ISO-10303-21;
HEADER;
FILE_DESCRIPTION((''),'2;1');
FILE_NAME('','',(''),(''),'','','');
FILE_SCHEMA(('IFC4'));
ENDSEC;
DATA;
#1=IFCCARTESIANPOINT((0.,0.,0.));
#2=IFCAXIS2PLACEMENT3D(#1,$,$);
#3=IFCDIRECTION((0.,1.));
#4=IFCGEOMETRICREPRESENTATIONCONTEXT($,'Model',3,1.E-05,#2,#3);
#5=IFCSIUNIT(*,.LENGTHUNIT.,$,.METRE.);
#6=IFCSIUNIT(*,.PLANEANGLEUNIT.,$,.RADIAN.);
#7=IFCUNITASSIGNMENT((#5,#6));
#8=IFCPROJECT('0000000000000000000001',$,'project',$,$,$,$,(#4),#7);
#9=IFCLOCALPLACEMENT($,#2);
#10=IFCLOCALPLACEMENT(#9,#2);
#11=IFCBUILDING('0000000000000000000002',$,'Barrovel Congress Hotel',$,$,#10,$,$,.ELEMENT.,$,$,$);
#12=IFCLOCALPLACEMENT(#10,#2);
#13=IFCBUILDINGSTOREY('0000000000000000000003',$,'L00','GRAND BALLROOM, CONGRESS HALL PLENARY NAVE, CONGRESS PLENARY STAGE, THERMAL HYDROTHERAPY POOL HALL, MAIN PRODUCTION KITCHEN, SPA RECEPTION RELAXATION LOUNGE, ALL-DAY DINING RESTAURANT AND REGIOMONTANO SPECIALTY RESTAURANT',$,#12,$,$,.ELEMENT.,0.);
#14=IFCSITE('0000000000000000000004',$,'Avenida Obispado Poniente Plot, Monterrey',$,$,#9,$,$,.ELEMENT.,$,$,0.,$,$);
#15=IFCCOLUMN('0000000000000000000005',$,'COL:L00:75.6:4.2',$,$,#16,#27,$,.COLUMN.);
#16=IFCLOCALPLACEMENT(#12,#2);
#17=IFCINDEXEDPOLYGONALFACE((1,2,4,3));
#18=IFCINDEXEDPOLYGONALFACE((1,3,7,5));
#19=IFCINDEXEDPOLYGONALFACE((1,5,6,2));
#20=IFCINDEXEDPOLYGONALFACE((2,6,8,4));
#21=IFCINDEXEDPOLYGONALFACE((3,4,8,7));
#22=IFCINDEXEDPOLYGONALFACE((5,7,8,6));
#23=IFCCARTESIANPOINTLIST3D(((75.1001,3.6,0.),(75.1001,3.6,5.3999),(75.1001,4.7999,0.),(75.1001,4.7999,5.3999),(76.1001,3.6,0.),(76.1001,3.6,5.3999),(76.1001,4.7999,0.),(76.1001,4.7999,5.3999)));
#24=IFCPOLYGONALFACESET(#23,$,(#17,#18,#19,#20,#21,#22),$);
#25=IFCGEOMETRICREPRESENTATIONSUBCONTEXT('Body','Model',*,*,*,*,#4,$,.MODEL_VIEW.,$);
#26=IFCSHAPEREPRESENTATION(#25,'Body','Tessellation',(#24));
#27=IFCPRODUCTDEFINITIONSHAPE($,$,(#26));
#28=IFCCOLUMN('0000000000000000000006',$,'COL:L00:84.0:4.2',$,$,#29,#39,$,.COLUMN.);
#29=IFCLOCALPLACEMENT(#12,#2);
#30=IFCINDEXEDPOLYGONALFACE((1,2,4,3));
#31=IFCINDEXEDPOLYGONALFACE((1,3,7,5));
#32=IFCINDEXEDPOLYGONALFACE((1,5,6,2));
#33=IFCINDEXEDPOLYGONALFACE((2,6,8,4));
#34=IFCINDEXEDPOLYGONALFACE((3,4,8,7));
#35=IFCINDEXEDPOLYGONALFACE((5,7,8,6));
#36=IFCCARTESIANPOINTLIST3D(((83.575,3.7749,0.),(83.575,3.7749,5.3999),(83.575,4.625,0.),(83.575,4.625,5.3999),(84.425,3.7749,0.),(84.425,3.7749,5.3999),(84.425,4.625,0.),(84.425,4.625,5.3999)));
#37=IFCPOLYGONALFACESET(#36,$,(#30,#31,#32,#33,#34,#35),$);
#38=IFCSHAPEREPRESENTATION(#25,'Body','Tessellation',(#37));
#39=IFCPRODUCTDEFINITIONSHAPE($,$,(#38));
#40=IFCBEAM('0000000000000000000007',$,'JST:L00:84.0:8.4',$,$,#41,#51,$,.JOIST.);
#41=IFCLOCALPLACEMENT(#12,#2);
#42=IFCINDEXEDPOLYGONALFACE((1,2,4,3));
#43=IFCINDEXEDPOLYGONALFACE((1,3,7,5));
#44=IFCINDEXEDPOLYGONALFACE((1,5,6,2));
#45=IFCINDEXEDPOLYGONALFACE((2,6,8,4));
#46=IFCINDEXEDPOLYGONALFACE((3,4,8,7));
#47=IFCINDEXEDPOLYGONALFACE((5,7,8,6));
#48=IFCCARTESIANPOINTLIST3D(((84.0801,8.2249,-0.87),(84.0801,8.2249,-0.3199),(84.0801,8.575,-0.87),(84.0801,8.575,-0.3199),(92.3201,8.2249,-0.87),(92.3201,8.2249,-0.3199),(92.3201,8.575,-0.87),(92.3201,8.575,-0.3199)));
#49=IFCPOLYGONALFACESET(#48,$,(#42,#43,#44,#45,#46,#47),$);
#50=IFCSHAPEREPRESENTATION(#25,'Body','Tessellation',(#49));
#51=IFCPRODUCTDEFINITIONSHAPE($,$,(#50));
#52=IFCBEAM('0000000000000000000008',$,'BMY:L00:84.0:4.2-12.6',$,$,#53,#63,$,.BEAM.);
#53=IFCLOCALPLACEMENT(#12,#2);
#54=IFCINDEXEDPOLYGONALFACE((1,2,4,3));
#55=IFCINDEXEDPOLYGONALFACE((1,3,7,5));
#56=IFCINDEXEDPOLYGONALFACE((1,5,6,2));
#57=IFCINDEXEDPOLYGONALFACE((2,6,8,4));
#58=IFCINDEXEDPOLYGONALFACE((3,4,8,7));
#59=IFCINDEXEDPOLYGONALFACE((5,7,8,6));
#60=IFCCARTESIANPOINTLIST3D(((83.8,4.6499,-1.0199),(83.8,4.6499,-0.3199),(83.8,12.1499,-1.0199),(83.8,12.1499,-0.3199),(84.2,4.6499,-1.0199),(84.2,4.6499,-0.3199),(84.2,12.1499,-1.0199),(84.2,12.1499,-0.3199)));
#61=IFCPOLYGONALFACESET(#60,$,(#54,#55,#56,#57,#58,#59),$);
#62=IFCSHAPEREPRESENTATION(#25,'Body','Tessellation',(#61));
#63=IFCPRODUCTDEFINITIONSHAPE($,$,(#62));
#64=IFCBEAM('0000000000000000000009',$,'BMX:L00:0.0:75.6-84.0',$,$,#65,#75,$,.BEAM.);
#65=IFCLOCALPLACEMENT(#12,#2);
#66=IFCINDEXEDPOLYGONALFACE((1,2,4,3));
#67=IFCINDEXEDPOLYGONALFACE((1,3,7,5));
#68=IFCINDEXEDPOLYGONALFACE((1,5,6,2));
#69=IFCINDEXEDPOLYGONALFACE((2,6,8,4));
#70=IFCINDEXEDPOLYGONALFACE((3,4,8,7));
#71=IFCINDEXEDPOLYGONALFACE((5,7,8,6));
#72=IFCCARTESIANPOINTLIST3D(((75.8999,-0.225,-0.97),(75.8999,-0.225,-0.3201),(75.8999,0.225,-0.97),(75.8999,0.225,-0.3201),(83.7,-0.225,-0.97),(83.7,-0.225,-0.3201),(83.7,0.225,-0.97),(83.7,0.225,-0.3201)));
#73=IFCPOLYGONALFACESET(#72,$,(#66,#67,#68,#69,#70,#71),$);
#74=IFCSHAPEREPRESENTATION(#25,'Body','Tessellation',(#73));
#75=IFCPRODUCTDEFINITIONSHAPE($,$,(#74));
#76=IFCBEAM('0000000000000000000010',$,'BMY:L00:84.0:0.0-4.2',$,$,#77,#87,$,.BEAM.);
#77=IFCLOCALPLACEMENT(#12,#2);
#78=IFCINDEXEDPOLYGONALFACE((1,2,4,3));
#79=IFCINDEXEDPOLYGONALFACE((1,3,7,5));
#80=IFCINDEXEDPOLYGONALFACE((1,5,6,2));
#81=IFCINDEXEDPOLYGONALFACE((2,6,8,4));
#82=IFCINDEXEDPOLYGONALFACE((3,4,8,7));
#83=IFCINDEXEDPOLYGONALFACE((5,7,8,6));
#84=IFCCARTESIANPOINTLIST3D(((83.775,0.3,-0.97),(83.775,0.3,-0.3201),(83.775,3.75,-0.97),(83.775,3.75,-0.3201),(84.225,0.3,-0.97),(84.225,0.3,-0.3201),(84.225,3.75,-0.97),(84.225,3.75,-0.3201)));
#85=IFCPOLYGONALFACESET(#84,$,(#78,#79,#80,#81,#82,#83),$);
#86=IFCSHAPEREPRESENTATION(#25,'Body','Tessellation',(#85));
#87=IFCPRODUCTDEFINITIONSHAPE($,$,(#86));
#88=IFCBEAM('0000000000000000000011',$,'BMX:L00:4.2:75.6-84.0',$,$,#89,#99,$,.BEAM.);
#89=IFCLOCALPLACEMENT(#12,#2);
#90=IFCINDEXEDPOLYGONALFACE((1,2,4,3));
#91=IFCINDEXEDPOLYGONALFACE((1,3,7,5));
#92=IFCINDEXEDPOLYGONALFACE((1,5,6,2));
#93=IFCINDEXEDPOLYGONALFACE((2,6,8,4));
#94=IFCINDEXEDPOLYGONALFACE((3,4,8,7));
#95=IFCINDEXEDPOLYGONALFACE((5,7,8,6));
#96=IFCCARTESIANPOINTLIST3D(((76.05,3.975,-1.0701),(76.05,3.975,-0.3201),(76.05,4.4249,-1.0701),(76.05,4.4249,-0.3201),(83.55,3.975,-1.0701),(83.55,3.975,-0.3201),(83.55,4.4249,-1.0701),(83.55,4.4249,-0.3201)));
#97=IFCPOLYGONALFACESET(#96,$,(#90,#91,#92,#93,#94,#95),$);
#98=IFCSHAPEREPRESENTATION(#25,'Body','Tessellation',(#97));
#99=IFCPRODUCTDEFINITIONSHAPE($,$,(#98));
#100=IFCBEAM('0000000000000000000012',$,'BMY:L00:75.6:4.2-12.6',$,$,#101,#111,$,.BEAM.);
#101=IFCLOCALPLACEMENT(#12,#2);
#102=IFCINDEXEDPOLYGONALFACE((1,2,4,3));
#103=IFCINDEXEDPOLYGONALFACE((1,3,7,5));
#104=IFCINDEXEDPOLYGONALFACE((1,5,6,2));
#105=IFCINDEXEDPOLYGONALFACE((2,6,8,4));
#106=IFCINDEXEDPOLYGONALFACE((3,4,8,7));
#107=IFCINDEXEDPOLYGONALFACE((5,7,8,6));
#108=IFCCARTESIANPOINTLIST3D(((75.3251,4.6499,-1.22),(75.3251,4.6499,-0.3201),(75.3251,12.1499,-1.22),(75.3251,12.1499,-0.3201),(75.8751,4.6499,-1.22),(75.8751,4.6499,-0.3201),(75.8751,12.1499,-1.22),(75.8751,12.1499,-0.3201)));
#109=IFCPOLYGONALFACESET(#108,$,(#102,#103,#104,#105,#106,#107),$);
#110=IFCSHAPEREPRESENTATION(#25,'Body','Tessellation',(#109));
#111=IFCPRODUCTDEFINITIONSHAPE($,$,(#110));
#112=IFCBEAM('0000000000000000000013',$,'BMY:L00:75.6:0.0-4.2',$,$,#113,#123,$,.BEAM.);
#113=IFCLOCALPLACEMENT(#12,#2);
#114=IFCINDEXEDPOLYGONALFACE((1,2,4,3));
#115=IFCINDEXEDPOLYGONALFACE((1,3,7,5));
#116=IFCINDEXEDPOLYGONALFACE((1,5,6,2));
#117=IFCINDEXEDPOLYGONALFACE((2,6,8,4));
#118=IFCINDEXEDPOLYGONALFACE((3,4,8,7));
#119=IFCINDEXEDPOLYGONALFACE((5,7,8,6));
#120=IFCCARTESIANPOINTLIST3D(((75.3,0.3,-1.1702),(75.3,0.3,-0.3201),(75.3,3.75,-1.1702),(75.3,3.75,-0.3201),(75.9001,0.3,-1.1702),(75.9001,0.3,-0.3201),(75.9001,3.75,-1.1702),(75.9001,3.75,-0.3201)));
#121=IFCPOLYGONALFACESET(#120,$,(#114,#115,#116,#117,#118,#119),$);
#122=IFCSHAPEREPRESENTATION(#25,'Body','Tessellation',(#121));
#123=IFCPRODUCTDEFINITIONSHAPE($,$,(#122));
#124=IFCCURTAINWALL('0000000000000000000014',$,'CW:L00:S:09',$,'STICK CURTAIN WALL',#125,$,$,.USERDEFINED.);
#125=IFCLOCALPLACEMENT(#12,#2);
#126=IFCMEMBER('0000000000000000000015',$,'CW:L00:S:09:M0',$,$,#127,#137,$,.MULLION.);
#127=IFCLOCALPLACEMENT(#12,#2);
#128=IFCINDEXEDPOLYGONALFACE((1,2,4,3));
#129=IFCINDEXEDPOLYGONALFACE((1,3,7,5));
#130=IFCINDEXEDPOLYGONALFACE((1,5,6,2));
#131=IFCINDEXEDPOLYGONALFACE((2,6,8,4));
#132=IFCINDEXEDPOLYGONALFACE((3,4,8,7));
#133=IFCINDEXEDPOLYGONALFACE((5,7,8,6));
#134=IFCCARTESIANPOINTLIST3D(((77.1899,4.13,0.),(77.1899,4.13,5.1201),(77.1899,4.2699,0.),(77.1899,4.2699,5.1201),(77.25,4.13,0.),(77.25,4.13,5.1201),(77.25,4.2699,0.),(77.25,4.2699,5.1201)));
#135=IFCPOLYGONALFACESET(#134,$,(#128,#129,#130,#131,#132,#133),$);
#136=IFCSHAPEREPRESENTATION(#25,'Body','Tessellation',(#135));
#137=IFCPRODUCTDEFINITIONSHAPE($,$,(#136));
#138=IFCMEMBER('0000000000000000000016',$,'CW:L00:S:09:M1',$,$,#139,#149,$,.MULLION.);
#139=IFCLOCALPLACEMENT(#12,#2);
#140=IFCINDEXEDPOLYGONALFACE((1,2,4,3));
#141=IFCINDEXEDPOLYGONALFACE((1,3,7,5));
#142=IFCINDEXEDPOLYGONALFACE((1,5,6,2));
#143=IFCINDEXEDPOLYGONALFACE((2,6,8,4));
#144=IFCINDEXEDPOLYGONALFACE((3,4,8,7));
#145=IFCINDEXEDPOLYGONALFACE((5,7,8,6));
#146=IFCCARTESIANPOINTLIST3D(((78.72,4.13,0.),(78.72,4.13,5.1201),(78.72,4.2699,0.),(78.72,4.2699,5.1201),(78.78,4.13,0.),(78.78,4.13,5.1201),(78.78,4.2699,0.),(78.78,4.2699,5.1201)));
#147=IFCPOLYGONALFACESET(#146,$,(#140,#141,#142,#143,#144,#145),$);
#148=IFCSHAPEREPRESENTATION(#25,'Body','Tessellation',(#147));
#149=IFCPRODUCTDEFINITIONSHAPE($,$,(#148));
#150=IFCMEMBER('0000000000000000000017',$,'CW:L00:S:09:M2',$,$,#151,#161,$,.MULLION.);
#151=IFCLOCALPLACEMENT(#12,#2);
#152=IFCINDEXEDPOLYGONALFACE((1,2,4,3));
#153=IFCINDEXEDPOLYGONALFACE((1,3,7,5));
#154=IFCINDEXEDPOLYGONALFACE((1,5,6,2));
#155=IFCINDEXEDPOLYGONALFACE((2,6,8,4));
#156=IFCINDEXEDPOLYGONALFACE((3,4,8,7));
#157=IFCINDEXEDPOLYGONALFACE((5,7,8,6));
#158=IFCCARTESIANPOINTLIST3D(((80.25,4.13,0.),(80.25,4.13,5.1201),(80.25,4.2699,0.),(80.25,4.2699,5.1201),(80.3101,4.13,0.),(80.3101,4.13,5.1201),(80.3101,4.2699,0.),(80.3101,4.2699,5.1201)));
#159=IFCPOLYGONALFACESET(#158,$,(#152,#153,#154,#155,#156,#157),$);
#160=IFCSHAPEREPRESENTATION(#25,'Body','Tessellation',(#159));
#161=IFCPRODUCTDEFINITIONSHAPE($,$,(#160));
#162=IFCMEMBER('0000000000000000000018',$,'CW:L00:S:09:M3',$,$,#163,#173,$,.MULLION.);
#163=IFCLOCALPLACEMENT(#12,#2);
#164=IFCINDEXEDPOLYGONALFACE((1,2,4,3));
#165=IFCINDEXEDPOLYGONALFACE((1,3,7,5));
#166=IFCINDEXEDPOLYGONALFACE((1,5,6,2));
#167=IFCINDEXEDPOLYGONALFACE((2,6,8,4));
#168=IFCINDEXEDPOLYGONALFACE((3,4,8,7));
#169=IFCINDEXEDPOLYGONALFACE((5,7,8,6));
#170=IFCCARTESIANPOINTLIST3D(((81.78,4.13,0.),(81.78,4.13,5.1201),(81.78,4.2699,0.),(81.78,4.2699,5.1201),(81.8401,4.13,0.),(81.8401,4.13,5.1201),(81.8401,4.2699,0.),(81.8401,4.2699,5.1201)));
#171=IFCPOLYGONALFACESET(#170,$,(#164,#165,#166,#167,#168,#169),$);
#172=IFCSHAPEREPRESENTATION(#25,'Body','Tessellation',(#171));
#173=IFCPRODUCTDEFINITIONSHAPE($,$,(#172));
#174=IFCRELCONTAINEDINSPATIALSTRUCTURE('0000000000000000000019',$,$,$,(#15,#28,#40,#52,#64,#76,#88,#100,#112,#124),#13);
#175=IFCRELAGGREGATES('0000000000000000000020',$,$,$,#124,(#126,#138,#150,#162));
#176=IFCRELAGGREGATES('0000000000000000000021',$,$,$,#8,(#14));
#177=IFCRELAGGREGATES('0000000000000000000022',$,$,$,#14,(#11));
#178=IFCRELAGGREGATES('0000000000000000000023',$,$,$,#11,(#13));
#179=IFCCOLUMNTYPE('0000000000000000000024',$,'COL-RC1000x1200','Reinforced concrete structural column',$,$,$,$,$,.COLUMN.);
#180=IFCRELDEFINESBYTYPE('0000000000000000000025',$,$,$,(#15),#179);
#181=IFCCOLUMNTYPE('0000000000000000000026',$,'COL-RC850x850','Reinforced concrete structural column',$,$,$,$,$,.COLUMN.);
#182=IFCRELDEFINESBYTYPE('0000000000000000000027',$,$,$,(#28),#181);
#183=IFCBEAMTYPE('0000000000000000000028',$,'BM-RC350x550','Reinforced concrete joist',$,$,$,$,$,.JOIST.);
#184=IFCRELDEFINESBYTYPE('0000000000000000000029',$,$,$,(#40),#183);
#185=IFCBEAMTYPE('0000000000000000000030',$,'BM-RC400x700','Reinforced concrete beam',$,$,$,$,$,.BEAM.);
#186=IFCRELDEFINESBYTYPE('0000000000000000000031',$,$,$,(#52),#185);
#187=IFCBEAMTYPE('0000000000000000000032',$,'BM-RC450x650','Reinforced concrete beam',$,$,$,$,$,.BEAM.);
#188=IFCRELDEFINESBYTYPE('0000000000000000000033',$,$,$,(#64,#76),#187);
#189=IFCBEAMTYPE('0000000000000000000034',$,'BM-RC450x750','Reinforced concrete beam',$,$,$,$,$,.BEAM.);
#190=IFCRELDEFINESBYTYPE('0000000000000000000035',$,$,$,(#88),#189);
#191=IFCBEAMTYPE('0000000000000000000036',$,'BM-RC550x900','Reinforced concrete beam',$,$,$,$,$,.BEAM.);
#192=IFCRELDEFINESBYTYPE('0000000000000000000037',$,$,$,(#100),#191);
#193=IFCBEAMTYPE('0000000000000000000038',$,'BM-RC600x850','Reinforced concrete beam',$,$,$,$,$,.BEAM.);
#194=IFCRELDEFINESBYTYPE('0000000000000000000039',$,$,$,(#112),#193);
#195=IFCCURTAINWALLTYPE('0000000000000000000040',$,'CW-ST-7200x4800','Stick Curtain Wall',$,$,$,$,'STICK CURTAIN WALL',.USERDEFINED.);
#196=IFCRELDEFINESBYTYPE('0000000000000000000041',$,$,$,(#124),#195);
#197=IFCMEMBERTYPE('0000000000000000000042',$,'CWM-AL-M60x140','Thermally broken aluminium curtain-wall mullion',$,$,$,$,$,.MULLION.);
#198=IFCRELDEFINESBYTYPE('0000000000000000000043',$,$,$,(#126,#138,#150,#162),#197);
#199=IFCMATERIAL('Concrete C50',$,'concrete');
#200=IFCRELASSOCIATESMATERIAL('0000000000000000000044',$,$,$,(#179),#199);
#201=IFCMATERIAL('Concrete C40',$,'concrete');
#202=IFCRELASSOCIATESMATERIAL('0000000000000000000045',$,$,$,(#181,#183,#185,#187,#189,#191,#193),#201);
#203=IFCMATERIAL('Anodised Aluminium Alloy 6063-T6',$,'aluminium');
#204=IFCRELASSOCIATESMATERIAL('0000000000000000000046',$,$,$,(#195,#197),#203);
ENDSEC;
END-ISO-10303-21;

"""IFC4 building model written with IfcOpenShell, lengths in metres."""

from ifc_helpers import new_model, si_unit, direction, frame, origin, origin_2d, place, context, subcontext, project, spatial, rectangle, extrude, material, material_profile, profile_set, type_object, element, aggregate, save


model = new_model("IFC4")

# Units and contexts
model_context = context("Model", 3, precision=1e-05, world=origin(), true_north=direction((0.0, 1.0)))
body_context = subcontext(model_context, "Body", "Model", "MODEL_VIEW")
ifc_project = project(units=[si_unit("LENGTHUNIT", "METRE"), si_unit("PLANEANGLEUNIT", "RADIAN")], contexts=[model_context])

# Site, building, storey
site_placement = place(None, origin())
site = spatial("IfcSite", under=ifc_project, at=site_placement, Name="Avenida Obispado Poniente Plot, Monterrey", CompositionType="ELEMENT", RefElevation=0.0)
building_placement = place(site_placement, origin())
building = spatial("IfcBuilding", under=site, at=building_placement, Name="Barrovel Congress Hotel", CompositionType="ELEMENT")
storey_placement = place(building_placement, origin())
storey = spatial("IfcBuildingStorey", under=building, at=storey_placement, Name="L00", Description="GRAND BALLROOM, CONGRESS HALL PLENARY NAVE, CONGRESS PLENARY STAGE, THERMAL HYDROTHERAPY POOL HALL, MAIN PRODUCTION KITCHEN, SPA RECEPTION RELAXATION LOUNGE, ALL-DAY DINING RESTAURANT AND REGIOMONTANO SPECIALTY RESTAURANT", CompositionType="ELEMENT", Elevation=0.0)

# Shared definitions
ifc_material_1 = material(Name="Concrete C40", Category="concrete")

# Columns
ifc_material_2 = material(Name="Concrete C50", Category="concrete")
ifc_material_profile_1 = material_profile(ifc_material_2, rectangle(XDim=1.0, YDim=1.2, at=origin_2d()), Name="RC1000x1200")
ifc_profile_set_1 = profile_set([ifc_material_profile_1], Name="Concrete C50")
column_type_1 = type_object("IfcColumnType", Name="COL-RC1000x1200", Description="Reinforced concrete structural column", PredefinedType="COLUMN", material=ifc_profile_set_1)
column_1_placement = place(storey_placement, frame((75.6001, 4.2, 0.0), z_axis=(0.0, 0.0, 1.0), x_axis=(1.0, 0.0, 0.0)))
element("IfcColumn", 1, at=column_1_placement, inside=storey, type_object=column_type_1, Name="COL:L00:75.6:4.2", PredefinedType="COLUMN", context=body_context, shape_type="SweptSolid", body=[
    extrude(rectangle(XDim=1.0, YDim=1.2, at=origin_2d()), origin(), (0.0, 0.0, 1.0), 5.3999),
])
ifc_material_profile_2 = material_profile(ifc_material_1, rectangle(XDim=0.8501, YDim=0.8501, at=origin_2d()), Name="RC850x850")
ifc_profile_set_2 = profile_set([ifc_material_profile_2], Name="Concrete C40")
column_type_2 = type_object("IfcColumnType", Name="COL-RC850x850", Description="Reinforced concrete structural column", PredefinedType="COLUMN", material=ifc_profile_set_2)
column_2_placement = place(storey_placement, frame((84.0, 4.2, 0.0), z_axis=(0.0, 0.0, 1.0), x_axis=(1.0, 0.0, 0.0)))
element("IfcColumn", 2, at=column_2_placement, inside=storey, type_object=column_type_2, Name="COL:L00:84.0:4.2", PredefinedType="COLUMN", context=body_context, shape_type="SweptSolid", body=[
    extrude(rectangle(XDim=0.8501, YDim=0.8501, at=origin_2d()), origin(), (0.0, 0.0, 1.0), 5.3999),
])

# Beams
ifc_material_profile_3 = material_profile(ifc_material_1, rectangle(XDim=0.3501, YDim=0.55, at=origin_2d()), Name="RC350x550")
ifc_profile_set_3 = profile_set([ifc_material_profile_3], Name="Concrete C40")
beam_type_1 = type_object("IfcBeamType", Name="BM-RC350x550", Description="Reinforced concrete joist", PredefinedType="JOIST", material=ifc_profile_set_3)
beam_1_placement = place(storey_placement, frame((84.0801, 8.3999, -0.595), z_axis=(1.0, 0.0, 0.0), x_axis=(0.0, 1.0, 0.0)))
element("IfcBeam", 3, at=beam_1_placement, inside=storey, type_object=beam_type_1, Name="JST:L00:84.0:8.4", PredefinedType="JOIST", context=body_context, shape_type="SweptSolid", body=[
    extrude(rectangle(XDim=0.3501, YDim=0.55, at=origin_2d()), origin(), (0.0, 0.0, 1.0), 8.24),
])
ifc_material_profile_4 = material_profile(ifc_material_1, rectangle(XDim=0.3999, YDim=0.7, at=origin_2d()), Name="RC400x700")
ifc_profile_set_4 = profile_set([ifc_material_profile_4], Name="Concrete C40")
beam_type_2 = type_object("IfcBeamType", Name="BM-RC400x700", Description="Reinforced concrete beam", PredefinedType="BEAM", material=ifc_profile_set_4)
beam_2_placement = place(storey_placement, frame((84.0, 4.6499, -0.6699), z_axis=(0.0, 1.0, 0.0), x_axis=(-1.0, 0.0, 0.0)))
element("IfcBeam", 4, at=beam_2_placement, inside=storey, type_object=beam_type_2, Name="BMY:L00:84.0:4.2-12.6", PredefinedType="BEAM", context=body_context, shape_type="SweptSolid", body=[
    extrude(rectangle(XDim=0.3999, YDim=0.7, at=origin_2d()), origin(), (0.0, 0.0, 1.0), 7.5),
])
ifc_material_profile_5 = material_profile(ifc_material_1, rectangle(XDim=0.45, YDim=0.6499, at=origin_2d()), Name="RC450x650")
ifc_profile_set_5 = profile_set([ifc_material_profile_5], Name="Concrete C40")
beam_type_3 = type_object("IfcBeamType", Name="BM-RC450x650", Description="Reinforced concrete beam", PredefinedType="BEAM", material=ifc_profile_set_5)
beam_3_placement = place(storey_placement, frame((75.8999, 0.0, -0.645), z_axis=(1.0, 0.0, 0.0), x_axis=(0.0, 1.0, 0.0)))
element("IfcBeam", 5, at=beam_3_placement, inside=storey, type_object=beam_type_3, Name="BMX:L00:0.0:75.6-84.0", PredefinedType="BEAM", context=body_context, shape_type="SweptSolid", body=[
    extrude(rectangle(XDim=0.45, YDim=0.6499, at=origin_2d()), origin(), (0.0, 0.0, 1.0), 7.8),
])
beam_4_placement = place(storey_placement, frame((84.0, 0.3, -0.645), z_axis=(0.0, 1.0, 0.0), x_axis=(-1.0, 0.0, 0.0)))
element("IfcBeam", 6, at=beam_4_placement, inside=storey, type_object=beam_type_3, Name="BMY:L00:84.0:0.0-4.2", PredefinedType="BEAM", context=body_context, shape_type="SweptSolid", body=[
    extrude(rectangle(XDim=0.45, YDim=0.6499, at=origin_2d()), origin(), (0.0, 0.0, 1.0), 3.45),
])
ifc_material_profile_6 = material_profile(ifc_material_1, rectangle(XDim=0.45, YDim=0.75, at=origin_2d()), Name="RC450x750")
ifc_profile_set_6 = profile_set([ifc_material_profile_6], Name="Concrete C40")
beam_type_4 = type_object("IfcBeamType", Name="BM-RC450x750", Description="Reinforced concrete beam", PredefinedType="BEAM", material=ifc_profile_set_6)
beam_5_placement = place(storey_placement, frame((76.05, 4.2, -0.6951), z_axis=(1.0, 0.0, 0.0), x_axis=(0.0, 1.0, 0.0)))
element("IfcBeam", 7, at=beam_5_placement, inside=storey, type_object=beam_type_4, Name="BMX:L00:4.2:75.6-84.0", PredefinedType="BEAM", context=body_context, shape_type="SweptSolid", body=[
    extrude(rectangle(XDim=0.45, YDim=0.75, at=origin_2d()), origin(), (0.0, 0.0, 1.0), 7.5),
])
ifc_material_profile_7 = material_profile(ifc_material_1, rectangle(XDim=0.55, YDim=0.8999, at=origin_2d()), Name="RC550x900")
ifc_profile_set_7 = profile_set([ifc_material_profile_7], Name="Concrete C40")
beam_type_5 = type_object("IfcBeamType", Name="BM-RC550x900", Description="Reinforced concrete beam", PredefinedType="BEAM", material=ifc_profile_set_7)
beam_6_placement = place(storey_placement, frame((75.6001, 4.6499, -0.77), z_axis=(0.0, 1.0, 0.0), x_axis=(-1.0, 0.0, 0.0)))
element("IfcBeam", 8, at=beam_6_placement, inside=storey, type_object=beam_type_5, Name="BMY:L00:75.6:4.2-12.6", PredefinedType="BEAM", context=body_context, shape_type="SweptSolid", body=[
    extrude(rectangle(XDim=0.55, YDim=0.8999, at=origin_2d()), origin(), (0.0, 0.0, 1.0), 7.5),
])
ifc_material_profile_8 = material_profile(ifc_material_1, rectangle(XDim=0.6001, YDim=0.8501, at=origin_2d()), Name="RC600x850")
ifc_profile_set_8 = profile_set([ifc_material_profile_8], Name="Concrete C40")
beam_type_6 = type_object("IfcBeamType", Name="BM-RC600x850", Description="Reinforced concrete beam", PredefinedType="BEAM", material=ifc_profile_set_8)
beam_7_placement = place(storey_placement, frame((75.6001, 0.3, -0.7451), z_axis=(0.0, 1.0, 0.0), x_axis=(-1.0, 0.0, 0.0)))
element("IfcBeam", 9, at=beam_7_placement, inside=storey, type_object=beam_type_6, Name="BMY:L00:75.6:0.0-4.2", PredefinedType="BEAM", context=body_context, shape_type="SweptSolid", body=[
    extrude(rectangle(XDim=0.6001, YDim=0.8501, at=origin_2d()), origin(), (0.0, 0.0, 1.0), 3.45),
])

# Curtain wall, members
ifc_material_3 = material(Name="Anodised Aluminium Alloy 6063-T6", Category="aluminium")
curtain_wall_type = type_object("IfcCurtainWallType", Name="CW-ST-7200x4800", Description="Stick Curtain Wall", ElementType="STICK CURTAIN WALL", PredefinedType="USERDEFINED", material=ifc_material_3)
curtain_wall_placement = place(storey_placement, origin())
curtain_wall = element("IfcCurtainWall", 10, at=curtain_wall_placement, inside=storey, type_object=curtain_wall_type, Name="CW:L00:S:09", ObjectType="STICK CURTAIN WALL", PredefinedType="USERDEFINED")
ifc_material_profile_9 = material_profile(ifc_material_3, rectangle(XDim=0.0601, YDim=0.1399, at=origin_2d()), Name="AL-M60x140")
ifc_profile_set_9 = profile_set([ifc_material_profile_9], Name="Anodised Aluminium Alloy 6063-T6")
member_type_1 = type_object("IfcMemberType", Name="CWM-AL-M60x140", Description="Thermally broken aluminium curtain-wall mullion", PredefinedType="MULLION", material=ifc_profile_set_9)
member_1_placement = place(storey_placement, frame((77.22, 4.2, 0.0), z_axis=(0.0, 0.0, 1.0), x_axis=(1.0, 0.0, 0.0)))
member_1 = element("IfcMember", 11, at=member_1_placement, type_object=member_type_1, Name="CW:L00:S:09:M0", PredefinedType="MULLION", context=body_context, shape_type="SweptSolid", body=[
    extrude(rectangle(XDim=0.0601, YDim=0.1399, at=origin_2d()), origin(), (0.0, 0.0, 1.0), 5.1201),
])
member_2_placement = place(storey_placement, frame((78.75, 4.2, 0.0), z_axis=(0.0, 0.0, 1.0), x_axis=(1.0, 0.0, 0.0)))
member_2 = element("IfcMember", 12, at=member_2_placement, type_object=member_type_1, Name="CW:L00:S:09:M1", PredefinedType="MULLION", context=body_context, shape_type="SweptSolid", body=[
    extrude(rectangle(XDim=0.0601, YDim=0.1399, at=origin_2d()), origin(), (0.0, 0.0, 1.0), 5.1201),
])
member_3_placement = place(storey_placement, frame((80.28, 4.2, 0.0), z_axis=(0.0, 0.0, 1.0), x_axis=(1.0, 0.0, 0.0)))
member_3 = element("IfcMember", 13, at=member_3_placement, type_object=member_type_1, Name="CW:L00:S:09:M2", PredefinedType="MULLION", context=body_context, shape_type="SweptSolid", body=[
    extrude(rectangle(XDim=0.0601, YDim=0.1399, at=origin_2d()), origin(), (0.0, 0.0, 1.0), 5.1201),
])
member_4_placement = place(storey_placement, frame((81.8101, 4.2, 0.0), z_axis=(0.0, 0.0, 1.0), x_axis=(1.0, 0.0, 0.0)))
member_4 = element("IfcMember", 14, at=member_4_placement, type_object=member_type_1, Name="CW:L00:S:09:M3", PredefinedType="MULLION", context=body_context, shape_type="SweptSolid", body=[
    extrude(rectangle(XDim=0.0601, YDim=0.1399, at=origin_2d()), origin(), (0.0, 0.0, 1.0), 5.1201),
])

aggregate(curtain_wall, [member_1, member_2, member_3, member_4])

save(model, "model.ifc")
